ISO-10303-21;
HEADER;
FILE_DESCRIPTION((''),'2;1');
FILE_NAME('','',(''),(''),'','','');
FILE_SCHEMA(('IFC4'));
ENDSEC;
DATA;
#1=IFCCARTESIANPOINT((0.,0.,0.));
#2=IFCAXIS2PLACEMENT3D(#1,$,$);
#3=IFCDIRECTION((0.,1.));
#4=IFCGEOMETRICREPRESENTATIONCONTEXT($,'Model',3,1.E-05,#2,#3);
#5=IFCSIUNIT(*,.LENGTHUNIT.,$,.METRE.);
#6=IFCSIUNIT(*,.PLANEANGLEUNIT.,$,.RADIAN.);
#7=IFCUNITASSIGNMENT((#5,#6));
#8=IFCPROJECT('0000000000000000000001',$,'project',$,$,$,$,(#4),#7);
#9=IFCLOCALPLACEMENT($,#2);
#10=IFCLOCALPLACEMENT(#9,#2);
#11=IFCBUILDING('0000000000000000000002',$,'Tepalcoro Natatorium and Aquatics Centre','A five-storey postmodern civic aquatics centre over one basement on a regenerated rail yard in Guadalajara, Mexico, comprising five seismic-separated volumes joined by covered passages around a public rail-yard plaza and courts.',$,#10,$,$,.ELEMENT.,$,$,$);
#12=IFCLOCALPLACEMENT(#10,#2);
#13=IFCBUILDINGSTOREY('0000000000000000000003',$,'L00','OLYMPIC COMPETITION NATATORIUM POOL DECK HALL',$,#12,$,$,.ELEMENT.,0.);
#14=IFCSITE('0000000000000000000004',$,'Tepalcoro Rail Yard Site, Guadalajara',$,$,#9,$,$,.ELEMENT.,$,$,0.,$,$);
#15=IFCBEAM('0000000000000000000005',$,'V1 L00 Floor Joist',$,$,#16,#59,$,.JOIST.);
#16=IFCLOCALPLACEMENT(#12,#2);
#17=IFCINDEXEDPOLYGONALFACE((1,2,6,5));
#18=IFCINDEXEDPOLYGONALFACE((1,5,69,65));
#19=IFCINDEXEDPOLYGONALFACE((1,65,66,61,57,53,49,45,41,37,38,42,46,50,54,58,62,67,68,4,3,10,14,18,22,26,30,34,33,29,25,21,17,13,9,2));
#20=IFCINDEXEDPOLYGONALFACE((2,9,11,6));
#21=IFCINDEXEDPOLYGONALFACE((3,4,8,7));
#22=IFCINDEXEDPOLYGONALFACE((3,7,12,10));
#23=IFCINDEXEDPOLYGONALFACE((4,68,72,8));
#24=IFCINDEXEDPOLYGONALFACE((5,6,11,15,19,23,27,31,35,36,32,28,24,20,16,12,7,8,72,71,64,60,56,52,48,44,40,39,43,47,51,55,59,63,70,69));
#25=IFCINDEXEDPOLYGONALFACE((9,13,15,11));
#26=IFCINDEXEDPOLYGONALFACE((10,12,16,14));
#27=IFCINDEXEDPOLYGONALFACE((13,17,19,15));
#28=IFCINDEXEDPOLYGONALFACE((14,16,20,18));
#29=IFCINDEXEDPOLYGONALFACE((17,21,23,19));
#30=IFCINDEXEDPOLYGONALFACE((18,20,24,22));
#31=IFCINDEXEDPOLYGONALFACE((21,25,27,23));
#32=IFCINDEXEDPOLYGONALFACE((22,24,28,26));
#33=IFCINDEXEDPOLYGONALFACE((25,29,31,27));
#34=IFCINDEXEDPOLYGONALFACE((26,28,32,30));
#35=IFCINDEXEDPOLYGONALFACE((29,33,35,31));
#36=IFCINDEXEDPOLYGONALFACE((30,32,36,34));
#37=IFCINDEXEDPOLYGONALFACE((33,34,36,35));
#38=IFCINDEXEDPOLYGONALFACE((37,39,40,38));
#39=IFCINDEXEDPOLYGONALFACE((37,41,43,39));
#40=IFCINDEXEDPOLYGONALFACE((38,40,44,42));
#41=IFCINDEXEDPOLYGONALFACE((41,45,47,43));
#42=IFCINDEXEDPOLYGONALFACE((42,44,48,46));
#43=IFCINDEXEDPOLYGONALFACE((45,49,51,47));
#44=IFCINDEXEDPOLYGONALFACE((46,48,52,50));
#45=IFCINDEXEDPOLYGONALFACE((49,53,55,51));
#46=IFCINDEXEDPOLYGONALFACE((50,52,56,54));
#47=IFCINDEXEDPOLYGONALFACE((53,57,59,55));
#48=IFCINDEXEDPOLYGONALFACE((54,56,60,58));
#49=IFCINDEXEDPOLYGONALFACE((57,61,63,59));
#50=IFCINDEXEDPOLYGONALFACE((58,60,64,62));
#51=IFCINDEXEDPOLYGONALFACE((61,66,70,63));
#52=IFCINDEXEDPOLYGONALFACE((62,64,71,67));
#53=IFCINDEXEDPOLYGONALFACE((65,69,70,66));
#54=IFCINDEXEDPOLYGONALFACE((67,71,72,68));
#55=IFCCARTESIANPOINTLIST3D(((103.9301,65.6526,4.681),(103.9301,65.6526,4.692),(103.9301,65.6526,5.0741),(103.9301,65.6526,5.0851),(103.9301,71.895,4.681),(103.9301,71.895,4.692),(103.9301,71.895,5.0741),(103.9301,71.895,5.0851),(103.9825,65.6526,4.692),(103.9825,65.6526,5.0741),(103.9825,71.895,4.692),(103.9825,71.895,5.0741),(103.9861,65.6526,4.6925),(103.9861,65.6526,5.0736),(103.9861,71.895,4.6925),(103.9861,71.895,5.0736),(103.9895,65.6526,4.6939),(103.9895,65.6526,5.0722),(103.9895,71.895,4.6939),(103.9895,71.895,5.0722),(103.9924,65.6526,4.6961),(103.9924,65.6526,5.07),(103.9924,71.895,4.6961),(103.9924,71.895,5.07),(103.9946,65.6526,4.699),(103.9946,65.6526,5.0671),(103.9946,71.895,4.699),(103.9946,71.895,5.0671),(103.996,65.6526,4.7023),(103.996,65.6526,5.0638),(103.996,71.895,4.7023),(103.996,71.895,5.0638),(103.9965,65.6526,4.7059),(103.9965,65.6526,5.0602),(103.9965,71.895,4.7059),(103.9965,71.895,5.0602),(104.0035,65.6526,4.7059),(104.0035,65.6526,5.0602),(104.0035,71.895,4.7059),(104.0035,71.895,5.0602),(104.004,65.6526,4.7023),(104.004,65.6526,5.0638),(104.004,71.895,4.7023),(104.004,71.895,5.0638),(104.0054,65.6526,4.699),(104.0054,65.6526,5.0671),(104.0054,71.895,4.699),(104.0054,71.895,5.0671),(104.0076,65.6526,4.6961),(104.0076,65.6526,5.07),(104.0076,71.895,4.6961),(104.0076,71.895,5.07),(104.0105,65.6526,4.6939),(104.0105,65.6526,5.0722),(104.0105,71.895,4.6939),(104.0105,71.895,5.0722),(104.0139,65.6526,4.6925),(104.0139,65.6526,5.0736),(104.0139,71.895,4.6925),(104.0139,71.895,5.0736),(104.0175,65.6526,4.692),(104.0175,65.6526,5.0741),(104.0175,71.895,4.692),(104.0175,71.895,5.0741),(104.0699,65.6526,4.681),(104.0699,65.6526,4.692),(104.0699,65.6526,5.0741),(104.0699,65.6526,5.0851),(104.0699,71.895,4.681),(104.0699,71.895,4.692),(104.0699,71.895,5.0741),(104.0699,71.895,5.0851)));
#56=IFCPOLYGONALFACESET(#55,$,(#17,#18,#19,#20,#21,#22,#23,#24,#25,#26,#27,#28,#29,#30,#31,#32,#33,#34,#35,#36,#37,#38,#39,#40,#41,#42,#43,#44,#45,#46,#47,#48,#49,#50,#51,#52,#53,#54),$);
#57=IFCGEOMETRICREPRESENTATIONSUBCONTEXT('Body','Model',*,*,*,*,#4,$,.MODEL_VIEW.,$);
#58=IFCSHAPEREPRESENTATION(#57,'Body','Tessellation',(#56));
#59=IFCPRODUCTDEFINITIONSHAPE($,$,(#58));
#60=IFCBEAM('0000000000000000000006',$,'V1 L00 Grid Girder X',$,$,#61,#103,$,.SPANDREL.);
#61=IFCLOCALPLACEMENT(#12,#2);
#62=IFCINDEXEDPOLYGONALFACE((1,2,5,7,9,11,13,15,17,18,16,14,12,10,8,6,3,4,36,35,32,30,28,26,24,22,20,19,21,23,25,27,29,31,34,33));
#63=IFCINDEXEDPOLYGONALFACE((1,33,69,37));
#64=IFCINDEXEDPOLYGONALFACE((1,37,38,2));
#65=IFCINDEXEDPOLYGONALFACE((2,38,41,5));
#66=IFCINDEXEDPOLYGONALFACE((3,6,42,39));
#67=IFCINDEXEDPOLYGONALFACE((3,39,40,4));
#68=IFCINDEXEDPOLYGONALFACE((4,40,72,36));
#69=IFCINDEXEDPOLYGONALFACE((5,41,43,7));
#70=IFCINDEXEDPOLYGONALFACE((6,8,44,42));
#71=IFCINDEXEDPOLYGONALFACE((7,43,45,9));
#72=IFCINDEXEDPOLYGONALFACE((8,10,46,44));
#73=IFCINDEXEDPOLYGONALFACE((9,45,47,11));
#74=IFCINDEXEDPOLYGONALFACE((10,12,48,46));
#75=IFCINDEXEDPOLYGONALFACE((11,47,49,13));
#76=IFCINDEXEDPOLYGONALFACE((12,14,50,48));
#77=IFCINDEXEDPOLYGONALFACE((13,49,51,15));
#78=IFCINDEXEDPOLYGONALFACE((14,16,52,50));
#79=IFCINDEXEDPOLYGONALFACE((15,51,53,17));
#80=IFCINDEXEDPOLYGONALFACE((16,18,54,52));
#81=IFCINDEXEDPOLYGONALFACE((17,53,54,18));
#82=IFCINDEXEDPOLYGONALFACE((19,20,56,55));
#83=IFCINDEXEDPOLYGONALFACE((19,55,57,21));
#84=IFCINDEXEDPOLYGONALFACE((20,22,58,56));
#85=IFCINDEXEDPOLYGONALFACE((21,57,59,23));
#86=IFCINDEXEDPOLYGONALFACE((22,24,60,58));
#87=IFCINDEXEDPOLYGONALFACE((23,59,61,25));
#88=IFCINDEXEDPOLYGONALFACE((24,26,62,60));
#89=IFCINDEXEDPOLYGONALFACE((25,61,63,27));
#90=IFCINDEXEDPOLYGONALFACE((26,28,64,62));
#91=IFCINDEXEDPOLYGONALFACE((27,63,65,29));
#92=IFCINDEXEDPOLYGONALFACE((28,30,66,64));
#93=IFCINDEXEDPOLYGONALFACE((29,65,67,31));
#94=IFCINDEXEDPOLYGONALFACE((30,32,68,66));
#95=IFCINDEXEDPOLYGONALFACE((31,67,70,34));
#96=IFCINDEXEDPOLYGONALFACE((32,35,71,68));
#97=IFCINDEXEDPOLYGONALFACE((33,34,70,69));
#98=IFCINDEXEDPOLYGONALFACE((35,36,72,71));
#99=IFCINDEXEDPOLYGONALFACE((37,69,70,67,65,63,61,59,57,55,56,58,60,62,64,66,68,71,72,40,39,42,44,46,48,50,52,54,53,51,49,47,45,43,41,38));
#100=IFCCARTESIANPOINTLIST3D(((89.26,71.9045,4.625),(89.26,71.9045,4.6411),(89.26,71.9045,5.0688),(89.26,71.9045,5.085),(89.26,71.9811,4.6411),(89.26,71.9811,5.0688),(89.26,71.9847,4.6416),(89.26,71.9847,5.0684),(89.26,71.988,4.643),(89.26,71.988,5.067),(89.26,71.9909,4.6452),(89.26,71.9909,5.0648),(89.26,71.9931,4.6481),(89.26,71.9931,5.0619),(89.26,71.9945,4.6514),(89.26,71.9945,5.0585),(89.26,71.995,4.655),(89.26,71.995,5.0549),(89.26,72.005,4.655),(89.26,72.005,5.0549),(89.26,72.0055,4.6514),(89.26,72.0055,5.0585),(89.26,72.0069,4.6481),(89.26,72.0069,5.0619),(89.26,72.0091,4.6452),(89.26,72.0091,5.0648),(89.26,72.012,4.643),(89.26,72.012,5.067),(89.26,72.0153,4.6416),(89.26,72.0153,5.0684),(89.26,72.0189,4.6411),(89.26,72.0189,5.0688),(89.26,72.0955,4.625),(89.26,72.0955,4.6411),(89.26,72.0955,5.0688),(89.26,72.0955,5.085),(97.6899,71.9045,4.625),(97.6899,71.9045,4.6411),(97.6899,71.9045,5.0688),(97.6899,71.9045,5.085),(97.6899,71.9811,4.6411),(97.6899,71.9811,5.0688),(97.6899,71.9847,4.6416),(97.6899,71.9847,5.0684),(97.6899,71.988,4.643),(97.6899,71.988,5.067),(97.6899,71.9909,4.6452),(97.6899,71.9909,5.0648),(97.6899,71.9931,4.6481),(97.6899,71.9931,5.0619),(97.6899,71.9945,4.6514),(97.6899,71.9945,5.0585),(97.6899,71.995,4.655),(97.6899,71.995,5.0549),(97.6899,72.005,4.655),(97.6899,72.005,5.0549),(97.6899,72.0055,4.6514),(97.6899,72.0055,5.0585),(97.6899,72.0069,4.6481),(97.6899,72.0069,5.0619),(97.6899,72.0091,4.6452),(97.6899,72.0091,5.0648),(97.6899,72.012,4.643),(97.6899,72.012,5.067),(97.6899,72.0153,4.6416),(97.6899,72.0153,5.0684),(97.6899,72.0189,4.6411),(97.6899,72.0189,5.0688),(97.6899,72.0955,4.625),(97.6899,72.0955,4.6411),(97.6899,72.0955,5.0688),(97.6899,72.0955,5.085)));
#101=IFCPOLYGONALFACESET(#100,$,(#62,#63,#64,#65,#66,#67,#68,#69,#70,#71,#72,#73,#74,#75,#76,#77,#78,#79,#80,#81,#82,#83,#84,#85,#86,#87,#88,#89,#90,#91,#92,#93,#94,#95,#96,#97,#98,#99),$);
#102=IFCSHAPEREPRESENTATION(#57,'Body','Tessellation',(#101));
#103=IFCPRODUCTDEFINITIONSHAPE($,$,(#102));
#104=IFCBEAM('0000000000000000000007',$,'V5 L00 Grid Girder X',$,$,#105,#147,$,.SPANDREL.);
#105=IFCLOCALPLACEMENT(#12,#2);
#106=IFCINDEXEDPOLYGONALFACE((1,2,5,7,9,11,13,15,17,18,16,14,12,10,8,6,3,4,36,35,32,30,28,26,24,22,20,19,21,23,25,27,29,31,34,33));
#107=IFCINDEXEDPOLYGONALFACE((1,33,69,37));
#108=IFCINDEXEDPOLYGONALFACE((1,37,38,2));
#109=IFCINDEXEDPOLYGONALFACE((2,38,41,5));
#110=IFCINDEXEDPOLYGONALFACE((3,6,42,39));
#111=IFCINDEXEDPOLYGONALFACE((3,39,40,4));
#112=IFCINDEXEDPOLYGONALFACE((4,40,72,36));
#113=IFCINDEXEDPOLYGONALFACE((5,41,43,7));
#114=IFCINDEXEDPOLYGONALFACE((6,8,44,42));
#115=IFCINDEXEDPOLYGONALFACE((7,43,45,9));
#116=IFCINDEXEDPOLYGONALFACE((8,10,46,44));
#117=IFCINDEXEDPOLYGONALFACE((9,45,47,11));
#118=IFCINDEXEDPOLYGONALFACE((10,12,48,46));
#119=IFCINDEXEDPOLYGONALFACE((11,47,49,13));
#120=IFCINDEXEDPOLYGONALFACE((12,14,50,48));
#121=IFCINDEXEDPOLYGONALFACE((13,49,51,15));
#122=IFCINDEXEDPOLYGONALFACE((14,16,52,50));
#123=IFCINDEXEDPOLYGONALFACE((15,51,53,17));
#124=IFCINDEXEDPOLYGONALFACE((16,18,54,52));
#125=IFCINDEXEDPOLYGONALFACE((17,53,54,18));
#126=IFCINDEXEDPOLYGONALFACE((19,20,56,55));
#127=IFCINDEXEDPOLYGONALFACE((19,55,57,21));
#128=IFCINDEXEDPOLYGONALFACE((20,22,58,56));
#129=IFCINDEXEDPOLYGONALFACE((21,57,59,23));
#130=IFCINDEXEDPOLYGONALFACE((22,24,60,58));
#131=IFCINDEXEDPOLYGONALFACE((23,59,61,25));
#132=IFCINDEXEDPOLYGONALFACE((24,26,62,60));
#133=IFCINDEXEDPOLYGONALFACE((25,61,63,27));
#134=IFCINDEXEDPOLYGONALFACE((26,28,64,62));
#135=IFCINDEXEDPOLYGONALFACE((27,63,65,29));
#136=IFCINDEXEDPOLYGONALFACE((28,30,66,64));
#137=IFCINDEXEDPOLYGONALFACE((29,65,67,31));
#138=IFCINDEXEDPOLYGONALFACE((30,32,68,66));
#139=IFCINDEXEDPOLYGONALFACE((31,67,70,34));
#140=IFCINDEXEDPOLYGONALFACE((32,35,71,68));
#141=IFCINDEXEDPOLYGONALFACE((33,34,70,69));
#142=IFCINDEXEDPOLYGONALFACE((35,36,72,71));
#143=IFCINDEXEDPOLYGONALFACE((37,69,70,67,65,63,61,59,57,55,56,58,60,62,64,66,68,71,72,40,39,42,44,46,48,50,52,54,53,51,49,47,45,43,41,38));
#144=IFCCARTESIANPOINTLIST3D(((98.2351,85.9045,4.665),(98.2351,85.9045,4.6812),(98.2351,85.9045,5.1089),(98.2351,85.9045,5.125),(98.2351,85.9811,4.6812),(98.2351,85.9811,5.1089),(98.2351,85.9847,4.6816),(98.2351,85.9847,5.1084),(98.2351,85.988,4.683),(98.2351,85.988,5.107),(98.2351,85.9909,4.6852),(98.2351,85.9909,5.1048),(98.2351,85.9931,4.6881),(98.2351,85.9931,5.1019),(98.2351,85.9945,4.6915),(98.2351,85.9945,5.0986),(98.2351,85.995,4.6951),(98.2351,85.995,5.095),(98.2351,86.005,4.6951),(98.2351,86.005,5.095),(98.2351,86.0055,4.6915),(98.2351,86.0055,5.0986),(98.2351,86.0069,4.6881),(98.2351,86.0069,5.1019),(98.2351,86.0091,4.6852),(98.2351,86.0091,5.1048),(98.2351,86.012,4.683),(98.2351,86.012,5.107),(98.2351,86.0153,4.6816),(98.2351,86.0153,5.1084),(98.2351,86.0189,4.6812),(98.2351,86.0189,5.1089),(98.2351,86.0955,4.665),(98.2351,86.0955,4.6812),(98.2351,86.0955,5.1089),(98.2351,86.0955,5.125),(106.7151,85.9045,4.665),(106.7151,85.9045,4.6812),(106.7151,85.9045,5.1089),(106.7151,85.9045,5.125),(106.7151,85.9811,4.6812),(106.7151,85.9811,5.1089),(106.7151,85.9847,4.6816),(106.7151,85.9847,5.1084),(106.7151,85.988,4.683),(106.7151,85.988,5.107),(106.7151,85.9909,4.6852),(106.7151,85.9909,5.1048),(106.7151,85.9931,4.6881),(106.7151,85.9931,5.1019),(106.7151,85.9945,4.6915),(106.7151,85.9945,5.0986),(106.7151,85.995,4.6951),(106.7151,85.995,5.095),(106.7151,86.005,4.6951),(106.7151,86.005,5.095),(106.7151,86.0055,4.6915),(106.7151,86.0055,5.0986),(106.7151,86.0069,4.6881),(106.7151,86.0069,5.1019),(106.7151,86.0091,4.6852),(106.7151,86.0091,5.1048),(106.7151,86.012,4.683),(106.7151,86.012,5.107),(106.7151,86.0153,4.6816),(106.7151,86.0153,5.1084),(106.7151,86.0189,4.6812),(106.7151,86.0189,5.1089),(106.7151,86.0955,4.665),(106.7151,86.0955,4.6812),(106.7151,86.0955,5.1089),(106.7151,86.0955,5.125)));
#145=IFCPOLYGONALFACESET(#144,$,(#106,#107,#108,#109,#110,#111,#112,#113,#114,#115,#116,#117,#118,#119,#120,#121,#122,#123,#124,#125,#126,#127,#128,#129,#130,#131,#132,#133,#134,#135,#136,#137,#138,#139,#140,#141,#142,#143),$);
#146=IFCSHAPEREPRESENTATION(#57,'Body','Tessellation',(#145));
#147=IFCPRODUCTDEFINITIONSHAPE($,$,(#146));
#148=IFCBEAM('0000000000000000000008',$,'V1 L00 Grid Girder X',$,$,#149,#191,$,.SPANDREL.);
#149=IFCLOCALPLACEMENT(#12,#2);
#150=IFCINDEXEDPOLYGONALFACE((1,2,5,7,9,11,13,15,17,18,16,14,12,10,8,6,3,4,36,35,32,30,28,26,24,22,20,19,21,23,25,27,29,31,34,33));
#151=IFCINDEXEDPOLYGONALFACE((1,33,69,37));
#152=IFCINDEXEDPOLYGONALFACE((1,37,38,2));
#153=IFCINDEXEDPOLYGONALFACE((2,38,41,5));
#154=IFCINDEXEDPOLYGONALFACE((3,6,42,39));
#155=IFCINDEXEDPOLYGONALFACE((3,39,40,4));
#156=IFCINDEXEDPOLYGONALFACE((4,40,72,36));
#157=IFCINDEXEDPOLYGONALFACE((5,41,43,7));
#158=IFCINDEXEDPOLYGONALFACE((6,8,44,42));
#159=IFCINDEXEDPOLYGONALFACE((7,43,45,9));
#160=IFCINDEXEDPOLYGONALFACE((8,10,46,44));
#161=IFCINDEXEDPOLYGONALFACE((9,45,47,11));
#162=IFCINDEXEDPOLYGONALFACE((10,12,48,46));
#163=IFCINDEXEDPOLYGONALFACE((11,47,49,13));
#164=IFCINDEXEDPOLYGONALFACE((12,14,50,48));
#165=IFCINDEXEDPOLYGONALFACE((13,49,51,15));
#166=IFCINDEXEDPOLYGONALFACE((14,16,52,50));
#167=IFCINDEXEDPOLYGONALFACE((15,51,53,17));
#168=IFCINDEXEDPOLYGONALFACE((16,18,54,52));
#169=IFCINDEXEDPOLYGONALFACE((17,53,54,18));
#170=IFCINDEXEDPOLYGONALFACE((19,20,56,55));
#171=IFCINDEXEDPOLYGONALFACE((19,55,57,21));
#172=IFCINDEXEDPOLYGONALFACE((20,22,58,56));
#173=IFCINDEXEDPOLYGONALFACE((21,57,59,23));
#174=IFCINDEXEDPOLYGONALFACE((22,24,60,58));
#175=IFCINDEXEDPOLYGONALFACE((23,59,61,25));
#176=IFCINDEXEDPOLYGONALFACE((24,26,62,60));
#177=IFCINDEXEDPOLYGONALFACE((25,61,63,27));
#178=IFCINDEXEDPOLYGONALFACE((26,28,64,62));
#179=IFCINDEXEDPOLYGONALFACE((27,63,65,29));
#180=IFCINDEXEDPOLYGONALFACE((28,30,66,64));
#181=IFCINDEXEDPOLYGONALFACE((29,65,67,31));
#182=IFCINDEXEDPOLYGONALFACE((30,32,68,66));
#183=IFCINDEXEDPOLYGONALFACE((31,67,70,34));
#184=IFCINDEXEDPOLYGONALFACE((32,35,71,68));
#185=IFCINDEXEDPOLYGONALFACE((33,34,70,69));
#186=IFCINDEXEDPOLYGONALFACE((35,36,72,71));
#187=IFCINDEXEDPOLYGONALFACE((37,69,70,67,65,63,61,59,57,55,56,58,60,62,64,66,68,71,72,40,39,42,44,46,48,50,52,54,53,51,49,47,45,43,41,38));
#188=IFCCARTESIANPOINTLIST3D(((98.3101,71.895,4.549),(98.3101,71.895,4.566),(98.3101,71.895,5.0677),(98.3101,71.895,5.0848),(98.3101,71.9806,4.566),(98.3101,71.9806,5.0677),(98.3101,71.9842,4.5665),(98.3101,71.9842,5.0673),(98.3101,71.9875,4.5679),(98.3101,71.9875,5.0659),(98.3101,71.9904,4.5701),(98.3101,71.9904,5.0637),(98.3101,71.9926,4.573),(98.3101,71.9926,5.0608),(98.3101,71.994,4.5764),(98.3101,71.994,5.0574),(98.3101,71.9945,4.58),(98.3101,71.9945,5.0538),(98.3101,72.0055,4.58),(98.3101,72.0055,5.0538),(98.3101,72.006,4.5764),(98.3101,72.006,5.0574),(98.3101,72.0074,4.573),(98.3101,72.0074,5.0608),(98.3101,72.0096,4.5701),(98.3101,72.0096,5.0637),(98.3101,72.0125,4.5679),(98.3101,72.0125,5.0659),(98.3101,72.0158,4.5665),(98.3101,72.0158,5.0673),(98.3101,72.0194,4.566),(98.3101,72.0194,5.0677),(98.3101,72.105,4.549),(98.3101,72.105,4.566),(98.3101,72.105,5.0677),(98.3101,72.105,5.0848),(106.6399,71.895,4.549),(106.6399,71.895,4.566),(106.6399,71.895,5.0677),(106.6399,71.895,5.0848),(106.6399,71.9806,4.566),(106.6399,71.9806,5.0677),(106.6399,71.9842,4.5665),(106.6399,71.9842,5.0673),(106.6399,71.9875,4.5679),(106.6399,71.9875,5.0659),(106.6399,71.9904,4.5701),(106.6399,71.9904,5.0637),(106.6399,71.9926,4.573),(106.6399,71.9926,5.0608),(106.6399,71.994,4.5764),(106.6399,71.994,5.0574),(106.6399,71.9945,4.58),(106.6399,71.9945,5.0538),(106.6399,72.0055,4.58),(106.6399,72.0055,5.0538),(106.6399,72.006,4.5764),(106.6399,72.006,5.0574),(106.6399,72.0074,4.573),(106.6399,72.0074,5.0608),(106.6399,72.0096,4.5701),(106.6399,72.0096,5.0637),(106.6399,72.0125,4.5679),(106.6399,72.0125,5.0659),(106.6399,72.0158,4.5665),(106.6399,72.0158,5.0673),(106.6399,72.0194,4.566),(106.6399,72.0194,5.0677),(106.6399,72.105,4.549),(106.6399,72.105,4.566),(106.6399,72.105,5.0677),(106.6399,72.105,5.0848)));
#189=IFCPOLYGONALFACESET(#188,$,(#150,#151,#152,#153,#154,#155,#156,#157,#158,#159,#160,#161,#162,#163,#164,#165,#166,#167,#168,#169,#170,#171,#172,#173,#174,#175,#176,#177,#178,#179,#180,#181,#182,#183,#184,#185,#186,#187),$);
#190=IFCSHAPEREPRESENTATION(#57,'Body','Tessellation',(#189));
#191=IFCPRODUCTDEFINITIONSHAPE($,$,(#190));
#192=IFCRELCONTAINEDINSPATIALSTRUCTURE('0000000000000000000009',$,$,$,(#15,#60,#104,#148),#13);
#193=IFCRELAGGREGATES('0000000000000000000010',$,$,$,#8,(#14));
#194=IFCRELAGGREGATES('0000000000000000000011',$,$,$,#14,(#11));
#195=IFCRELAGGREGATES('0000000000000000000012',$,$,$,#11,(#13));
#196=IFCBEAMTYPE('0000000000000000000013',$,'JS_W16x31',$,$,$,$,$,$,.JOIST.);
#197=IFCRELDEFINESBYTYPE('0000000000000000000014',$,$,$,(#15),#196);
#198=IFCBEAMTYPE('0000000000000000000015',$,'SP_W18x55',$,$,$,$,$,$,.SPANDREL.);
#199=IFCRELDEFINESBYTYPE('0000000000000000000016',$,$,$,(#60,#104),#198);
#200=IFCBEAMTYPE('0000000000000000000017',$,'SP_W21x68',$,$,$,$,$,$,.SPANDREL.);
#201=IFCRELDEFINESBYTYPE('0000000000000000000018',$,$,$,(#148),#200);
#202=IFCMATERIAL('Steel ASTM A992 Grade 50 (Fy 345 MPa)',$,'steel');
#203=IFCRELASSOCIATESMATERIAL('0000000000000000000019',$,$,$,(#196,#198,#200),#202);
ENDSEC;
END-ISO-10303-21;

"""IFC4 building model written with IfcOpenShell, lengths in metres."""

from ifc_helpers import new_model, si_unit, direction, frame, origin, origin_2d, place, context, subcontext, project, spatial, i_section, extrude, material, material_profile, profile_set, type_object, element, save


model = new_model("IFC4")

# Units and contexts
model_context = context("Model", 3, precision=1e-05, world=origin(), true_north=direction((0.0, 1.0)))
body_context = subcontext(model_context, "Body", "Model", "MODEL_VIEW")
ifc_project = project(units=[si_unit("LENGTHUNIT", "METRE"), si_unit("PLANEANGLEUNIT", "RADIAN")], contexts=[model_context])

# Site, building, storey
site_placement = place(None, origin())
site = spatial("IfcSite", under=ifc_project, at=site_placement, Name="Tepalcoro Rail Yard Site, Guadalajara", CompositionType="ELEMENT", RefElevation=0.0)
building_placement = place(site_placement, origin())
building = spatial("IfcBuilding", under=site, at=building_placement, Name="Tepalcoro Natatorium and Aquatics Centre", Description="A five-storey postmodern civic aquatics centre over one basement on a regenerated rail yard in Guadalajara, Mexico, comprising five seismic-separated volumes joined by covered passages around a public rail-yard plaza and courts.", CompositionType="ELEMENT")
storey_placement = place(building_placement, origin())
storey = spatial("IfcBuildingStorey", under=building, at=storey_placement, Name="L00", Description="OLYMPIC COMPETITION NATATORIUM POOL DECK HALL", CompositionType="ELEMENT", Elevation=0.0)

# Shared definitions
ifc_material_1 = material(Name="Steel ASTM A992 Grade 50 (Fy 345 MPa)", Category="steel")

# Beams
ifc_material_profile_1 = material_profile(ifc_material_1, i_section(OverallWidth=0.1399, OverallDepth=0.4041, WebThickness=0.0071, FlangeThickness=0.011, FilletRadius=0.0139, at=origin_2d()), Name="W16X31")
ifc_profile_set_1 = profile_set([ifc_material_profile_1], Name="Steel ASTM A992 Grade 50 (Fy 345 MPa)")
beam_type_1 = type_object("IfcBeamType", Name="JS_W16x31", PredefinedType="JOIST", material=ifc_profile_set_1)
beam_1_placement = place(storey_placement, frame((104.0, 65.6526, 4.8831), z_axis=(0.0, 1.0, 0.0), x_axis=(-1.0, 0.0, 0.0)))
element("IfcBeam", 1, at=beam_1_placement, inside=storey, type_object=beam_type_1, Name="V1 L00 Floor Joist", PredefinedType="JOIST", context=body_context, shape_type="SweptSolid", body=[
    extrude(i_section(OverallWidth=0.1399, OverallDepth=0.4041, WebThickness=0.0071, FlangeThickness=0.011, FilletRadius=0.0139, at=origin_2d()), origin(), (0.0, 0.0, 1.0), 6.2424),
])
ifc_material_profile_2 = material_profile(ifc_material_1, i_section(OverallWidth=0.1909, OverallDepth=0.46, WebThickness=0.01, FlangeThickness=0.0161, FilletRadius=0.0139, at=origin_2d()), Name="W18X55")
ifc_profile_set_2 = profile_set([ifc_material_profile_2], Name="Steel ASTM A992 Grade 50 (Fy 345 MPa)")
beam_type_2 = type_object("IfcBeamType", Name="SP_W18x55", PredefinedType="SPANDREL", material=ifc_profile_set_2)
beam_2_placement = place(storey_placement, frame((89.26, 72.0, 4.855), z_axis=(1.0, 0.0, 0.0), x_axis=(0.0, 1.0, 0.0)))
element("IfcBeam", 2, at=beam_2_placement, inside=storey, type_object=beam_type_2, Name="V1 L00 Grid Girder X", PredefinedType="SPANDREL", context=body_context, shape_type="SweptSolid", body=[
    extrude(i_section(OverallWidth=0.1909, OverallDepth=0.46, WebThickness=0.01, FlangeThickness=0.0161, FilletRadius=0.0139, at=origin_2d()), origin(), (0.0, 0.0, 1.0), 8.4299),
])
beam_3_placement = place(storey_placement, frame((98.2351, 86.0, 4.895), z_axis=(1.0, 0.0, 0.0), x_axis=(0.0, 1.0, 0.0)))
element("IfcBeam", 3, at=beam_3_placement, inside=storey, type_object=beam_type_2, Name="V5 L00 Grid Girder X", PredefinedType="SPANDREL", context=body_context, shape_type="SweptSolid", body=[
    extrude(i_section(OverallWidth=0.1909, OverallDepth=0.46, WebThickness=0.01, FlangeThickness=0.0161, FilletRadius=0.0139, at=origin_2d()), origin(), (0.0, 0.0, 1.0), 8.48),
])
ifc_material_profile_3 = material_profile(ifc_material_1, i_section(OverallWidth=0.21, OverallDepth=0.5359, WebThickness=0.011, FlangeThickness=0.0171, FilletRadius=0.0139, at=origin_2d()), Name="W21X68")
ifc_profile_set_3 = profile_set([ifc_material_profile_3], Name="Steel ASTM A992 Grade 50 (Fy 345 MPa)")
beam_type_3 = type_object("IfcBeamType", Name="SP_W21x68", PredefinedType="SPANDREL", material=ifc_profile_set_3)
beam_4_placement = place(storey_placement, frame((98.3101, 72.0, 4.8169), z_axis=(1.0, 0.0, 0.0), x_axis=(0.0, 1.0, 0.0)))
element("IfcBeam", 4, at=beam_4_placement, inside=storey, type_object=beam_type_3, Name="V1 L00 Grid Girder X", PredefinedType="SPANDREL", context=body_context, shape_type="SweptSolid", body=[
    extrude(i_section(OverallWidth=0.21, OverallDepth=0.5359, WebThickness=0.011, FlangeThickness=0.0171, FilletRadius=0.0139, at=origin_2d()), origin(), (0.0, 0.0, 1.0), 8.3298),
])

save(model, "model.ifc")
